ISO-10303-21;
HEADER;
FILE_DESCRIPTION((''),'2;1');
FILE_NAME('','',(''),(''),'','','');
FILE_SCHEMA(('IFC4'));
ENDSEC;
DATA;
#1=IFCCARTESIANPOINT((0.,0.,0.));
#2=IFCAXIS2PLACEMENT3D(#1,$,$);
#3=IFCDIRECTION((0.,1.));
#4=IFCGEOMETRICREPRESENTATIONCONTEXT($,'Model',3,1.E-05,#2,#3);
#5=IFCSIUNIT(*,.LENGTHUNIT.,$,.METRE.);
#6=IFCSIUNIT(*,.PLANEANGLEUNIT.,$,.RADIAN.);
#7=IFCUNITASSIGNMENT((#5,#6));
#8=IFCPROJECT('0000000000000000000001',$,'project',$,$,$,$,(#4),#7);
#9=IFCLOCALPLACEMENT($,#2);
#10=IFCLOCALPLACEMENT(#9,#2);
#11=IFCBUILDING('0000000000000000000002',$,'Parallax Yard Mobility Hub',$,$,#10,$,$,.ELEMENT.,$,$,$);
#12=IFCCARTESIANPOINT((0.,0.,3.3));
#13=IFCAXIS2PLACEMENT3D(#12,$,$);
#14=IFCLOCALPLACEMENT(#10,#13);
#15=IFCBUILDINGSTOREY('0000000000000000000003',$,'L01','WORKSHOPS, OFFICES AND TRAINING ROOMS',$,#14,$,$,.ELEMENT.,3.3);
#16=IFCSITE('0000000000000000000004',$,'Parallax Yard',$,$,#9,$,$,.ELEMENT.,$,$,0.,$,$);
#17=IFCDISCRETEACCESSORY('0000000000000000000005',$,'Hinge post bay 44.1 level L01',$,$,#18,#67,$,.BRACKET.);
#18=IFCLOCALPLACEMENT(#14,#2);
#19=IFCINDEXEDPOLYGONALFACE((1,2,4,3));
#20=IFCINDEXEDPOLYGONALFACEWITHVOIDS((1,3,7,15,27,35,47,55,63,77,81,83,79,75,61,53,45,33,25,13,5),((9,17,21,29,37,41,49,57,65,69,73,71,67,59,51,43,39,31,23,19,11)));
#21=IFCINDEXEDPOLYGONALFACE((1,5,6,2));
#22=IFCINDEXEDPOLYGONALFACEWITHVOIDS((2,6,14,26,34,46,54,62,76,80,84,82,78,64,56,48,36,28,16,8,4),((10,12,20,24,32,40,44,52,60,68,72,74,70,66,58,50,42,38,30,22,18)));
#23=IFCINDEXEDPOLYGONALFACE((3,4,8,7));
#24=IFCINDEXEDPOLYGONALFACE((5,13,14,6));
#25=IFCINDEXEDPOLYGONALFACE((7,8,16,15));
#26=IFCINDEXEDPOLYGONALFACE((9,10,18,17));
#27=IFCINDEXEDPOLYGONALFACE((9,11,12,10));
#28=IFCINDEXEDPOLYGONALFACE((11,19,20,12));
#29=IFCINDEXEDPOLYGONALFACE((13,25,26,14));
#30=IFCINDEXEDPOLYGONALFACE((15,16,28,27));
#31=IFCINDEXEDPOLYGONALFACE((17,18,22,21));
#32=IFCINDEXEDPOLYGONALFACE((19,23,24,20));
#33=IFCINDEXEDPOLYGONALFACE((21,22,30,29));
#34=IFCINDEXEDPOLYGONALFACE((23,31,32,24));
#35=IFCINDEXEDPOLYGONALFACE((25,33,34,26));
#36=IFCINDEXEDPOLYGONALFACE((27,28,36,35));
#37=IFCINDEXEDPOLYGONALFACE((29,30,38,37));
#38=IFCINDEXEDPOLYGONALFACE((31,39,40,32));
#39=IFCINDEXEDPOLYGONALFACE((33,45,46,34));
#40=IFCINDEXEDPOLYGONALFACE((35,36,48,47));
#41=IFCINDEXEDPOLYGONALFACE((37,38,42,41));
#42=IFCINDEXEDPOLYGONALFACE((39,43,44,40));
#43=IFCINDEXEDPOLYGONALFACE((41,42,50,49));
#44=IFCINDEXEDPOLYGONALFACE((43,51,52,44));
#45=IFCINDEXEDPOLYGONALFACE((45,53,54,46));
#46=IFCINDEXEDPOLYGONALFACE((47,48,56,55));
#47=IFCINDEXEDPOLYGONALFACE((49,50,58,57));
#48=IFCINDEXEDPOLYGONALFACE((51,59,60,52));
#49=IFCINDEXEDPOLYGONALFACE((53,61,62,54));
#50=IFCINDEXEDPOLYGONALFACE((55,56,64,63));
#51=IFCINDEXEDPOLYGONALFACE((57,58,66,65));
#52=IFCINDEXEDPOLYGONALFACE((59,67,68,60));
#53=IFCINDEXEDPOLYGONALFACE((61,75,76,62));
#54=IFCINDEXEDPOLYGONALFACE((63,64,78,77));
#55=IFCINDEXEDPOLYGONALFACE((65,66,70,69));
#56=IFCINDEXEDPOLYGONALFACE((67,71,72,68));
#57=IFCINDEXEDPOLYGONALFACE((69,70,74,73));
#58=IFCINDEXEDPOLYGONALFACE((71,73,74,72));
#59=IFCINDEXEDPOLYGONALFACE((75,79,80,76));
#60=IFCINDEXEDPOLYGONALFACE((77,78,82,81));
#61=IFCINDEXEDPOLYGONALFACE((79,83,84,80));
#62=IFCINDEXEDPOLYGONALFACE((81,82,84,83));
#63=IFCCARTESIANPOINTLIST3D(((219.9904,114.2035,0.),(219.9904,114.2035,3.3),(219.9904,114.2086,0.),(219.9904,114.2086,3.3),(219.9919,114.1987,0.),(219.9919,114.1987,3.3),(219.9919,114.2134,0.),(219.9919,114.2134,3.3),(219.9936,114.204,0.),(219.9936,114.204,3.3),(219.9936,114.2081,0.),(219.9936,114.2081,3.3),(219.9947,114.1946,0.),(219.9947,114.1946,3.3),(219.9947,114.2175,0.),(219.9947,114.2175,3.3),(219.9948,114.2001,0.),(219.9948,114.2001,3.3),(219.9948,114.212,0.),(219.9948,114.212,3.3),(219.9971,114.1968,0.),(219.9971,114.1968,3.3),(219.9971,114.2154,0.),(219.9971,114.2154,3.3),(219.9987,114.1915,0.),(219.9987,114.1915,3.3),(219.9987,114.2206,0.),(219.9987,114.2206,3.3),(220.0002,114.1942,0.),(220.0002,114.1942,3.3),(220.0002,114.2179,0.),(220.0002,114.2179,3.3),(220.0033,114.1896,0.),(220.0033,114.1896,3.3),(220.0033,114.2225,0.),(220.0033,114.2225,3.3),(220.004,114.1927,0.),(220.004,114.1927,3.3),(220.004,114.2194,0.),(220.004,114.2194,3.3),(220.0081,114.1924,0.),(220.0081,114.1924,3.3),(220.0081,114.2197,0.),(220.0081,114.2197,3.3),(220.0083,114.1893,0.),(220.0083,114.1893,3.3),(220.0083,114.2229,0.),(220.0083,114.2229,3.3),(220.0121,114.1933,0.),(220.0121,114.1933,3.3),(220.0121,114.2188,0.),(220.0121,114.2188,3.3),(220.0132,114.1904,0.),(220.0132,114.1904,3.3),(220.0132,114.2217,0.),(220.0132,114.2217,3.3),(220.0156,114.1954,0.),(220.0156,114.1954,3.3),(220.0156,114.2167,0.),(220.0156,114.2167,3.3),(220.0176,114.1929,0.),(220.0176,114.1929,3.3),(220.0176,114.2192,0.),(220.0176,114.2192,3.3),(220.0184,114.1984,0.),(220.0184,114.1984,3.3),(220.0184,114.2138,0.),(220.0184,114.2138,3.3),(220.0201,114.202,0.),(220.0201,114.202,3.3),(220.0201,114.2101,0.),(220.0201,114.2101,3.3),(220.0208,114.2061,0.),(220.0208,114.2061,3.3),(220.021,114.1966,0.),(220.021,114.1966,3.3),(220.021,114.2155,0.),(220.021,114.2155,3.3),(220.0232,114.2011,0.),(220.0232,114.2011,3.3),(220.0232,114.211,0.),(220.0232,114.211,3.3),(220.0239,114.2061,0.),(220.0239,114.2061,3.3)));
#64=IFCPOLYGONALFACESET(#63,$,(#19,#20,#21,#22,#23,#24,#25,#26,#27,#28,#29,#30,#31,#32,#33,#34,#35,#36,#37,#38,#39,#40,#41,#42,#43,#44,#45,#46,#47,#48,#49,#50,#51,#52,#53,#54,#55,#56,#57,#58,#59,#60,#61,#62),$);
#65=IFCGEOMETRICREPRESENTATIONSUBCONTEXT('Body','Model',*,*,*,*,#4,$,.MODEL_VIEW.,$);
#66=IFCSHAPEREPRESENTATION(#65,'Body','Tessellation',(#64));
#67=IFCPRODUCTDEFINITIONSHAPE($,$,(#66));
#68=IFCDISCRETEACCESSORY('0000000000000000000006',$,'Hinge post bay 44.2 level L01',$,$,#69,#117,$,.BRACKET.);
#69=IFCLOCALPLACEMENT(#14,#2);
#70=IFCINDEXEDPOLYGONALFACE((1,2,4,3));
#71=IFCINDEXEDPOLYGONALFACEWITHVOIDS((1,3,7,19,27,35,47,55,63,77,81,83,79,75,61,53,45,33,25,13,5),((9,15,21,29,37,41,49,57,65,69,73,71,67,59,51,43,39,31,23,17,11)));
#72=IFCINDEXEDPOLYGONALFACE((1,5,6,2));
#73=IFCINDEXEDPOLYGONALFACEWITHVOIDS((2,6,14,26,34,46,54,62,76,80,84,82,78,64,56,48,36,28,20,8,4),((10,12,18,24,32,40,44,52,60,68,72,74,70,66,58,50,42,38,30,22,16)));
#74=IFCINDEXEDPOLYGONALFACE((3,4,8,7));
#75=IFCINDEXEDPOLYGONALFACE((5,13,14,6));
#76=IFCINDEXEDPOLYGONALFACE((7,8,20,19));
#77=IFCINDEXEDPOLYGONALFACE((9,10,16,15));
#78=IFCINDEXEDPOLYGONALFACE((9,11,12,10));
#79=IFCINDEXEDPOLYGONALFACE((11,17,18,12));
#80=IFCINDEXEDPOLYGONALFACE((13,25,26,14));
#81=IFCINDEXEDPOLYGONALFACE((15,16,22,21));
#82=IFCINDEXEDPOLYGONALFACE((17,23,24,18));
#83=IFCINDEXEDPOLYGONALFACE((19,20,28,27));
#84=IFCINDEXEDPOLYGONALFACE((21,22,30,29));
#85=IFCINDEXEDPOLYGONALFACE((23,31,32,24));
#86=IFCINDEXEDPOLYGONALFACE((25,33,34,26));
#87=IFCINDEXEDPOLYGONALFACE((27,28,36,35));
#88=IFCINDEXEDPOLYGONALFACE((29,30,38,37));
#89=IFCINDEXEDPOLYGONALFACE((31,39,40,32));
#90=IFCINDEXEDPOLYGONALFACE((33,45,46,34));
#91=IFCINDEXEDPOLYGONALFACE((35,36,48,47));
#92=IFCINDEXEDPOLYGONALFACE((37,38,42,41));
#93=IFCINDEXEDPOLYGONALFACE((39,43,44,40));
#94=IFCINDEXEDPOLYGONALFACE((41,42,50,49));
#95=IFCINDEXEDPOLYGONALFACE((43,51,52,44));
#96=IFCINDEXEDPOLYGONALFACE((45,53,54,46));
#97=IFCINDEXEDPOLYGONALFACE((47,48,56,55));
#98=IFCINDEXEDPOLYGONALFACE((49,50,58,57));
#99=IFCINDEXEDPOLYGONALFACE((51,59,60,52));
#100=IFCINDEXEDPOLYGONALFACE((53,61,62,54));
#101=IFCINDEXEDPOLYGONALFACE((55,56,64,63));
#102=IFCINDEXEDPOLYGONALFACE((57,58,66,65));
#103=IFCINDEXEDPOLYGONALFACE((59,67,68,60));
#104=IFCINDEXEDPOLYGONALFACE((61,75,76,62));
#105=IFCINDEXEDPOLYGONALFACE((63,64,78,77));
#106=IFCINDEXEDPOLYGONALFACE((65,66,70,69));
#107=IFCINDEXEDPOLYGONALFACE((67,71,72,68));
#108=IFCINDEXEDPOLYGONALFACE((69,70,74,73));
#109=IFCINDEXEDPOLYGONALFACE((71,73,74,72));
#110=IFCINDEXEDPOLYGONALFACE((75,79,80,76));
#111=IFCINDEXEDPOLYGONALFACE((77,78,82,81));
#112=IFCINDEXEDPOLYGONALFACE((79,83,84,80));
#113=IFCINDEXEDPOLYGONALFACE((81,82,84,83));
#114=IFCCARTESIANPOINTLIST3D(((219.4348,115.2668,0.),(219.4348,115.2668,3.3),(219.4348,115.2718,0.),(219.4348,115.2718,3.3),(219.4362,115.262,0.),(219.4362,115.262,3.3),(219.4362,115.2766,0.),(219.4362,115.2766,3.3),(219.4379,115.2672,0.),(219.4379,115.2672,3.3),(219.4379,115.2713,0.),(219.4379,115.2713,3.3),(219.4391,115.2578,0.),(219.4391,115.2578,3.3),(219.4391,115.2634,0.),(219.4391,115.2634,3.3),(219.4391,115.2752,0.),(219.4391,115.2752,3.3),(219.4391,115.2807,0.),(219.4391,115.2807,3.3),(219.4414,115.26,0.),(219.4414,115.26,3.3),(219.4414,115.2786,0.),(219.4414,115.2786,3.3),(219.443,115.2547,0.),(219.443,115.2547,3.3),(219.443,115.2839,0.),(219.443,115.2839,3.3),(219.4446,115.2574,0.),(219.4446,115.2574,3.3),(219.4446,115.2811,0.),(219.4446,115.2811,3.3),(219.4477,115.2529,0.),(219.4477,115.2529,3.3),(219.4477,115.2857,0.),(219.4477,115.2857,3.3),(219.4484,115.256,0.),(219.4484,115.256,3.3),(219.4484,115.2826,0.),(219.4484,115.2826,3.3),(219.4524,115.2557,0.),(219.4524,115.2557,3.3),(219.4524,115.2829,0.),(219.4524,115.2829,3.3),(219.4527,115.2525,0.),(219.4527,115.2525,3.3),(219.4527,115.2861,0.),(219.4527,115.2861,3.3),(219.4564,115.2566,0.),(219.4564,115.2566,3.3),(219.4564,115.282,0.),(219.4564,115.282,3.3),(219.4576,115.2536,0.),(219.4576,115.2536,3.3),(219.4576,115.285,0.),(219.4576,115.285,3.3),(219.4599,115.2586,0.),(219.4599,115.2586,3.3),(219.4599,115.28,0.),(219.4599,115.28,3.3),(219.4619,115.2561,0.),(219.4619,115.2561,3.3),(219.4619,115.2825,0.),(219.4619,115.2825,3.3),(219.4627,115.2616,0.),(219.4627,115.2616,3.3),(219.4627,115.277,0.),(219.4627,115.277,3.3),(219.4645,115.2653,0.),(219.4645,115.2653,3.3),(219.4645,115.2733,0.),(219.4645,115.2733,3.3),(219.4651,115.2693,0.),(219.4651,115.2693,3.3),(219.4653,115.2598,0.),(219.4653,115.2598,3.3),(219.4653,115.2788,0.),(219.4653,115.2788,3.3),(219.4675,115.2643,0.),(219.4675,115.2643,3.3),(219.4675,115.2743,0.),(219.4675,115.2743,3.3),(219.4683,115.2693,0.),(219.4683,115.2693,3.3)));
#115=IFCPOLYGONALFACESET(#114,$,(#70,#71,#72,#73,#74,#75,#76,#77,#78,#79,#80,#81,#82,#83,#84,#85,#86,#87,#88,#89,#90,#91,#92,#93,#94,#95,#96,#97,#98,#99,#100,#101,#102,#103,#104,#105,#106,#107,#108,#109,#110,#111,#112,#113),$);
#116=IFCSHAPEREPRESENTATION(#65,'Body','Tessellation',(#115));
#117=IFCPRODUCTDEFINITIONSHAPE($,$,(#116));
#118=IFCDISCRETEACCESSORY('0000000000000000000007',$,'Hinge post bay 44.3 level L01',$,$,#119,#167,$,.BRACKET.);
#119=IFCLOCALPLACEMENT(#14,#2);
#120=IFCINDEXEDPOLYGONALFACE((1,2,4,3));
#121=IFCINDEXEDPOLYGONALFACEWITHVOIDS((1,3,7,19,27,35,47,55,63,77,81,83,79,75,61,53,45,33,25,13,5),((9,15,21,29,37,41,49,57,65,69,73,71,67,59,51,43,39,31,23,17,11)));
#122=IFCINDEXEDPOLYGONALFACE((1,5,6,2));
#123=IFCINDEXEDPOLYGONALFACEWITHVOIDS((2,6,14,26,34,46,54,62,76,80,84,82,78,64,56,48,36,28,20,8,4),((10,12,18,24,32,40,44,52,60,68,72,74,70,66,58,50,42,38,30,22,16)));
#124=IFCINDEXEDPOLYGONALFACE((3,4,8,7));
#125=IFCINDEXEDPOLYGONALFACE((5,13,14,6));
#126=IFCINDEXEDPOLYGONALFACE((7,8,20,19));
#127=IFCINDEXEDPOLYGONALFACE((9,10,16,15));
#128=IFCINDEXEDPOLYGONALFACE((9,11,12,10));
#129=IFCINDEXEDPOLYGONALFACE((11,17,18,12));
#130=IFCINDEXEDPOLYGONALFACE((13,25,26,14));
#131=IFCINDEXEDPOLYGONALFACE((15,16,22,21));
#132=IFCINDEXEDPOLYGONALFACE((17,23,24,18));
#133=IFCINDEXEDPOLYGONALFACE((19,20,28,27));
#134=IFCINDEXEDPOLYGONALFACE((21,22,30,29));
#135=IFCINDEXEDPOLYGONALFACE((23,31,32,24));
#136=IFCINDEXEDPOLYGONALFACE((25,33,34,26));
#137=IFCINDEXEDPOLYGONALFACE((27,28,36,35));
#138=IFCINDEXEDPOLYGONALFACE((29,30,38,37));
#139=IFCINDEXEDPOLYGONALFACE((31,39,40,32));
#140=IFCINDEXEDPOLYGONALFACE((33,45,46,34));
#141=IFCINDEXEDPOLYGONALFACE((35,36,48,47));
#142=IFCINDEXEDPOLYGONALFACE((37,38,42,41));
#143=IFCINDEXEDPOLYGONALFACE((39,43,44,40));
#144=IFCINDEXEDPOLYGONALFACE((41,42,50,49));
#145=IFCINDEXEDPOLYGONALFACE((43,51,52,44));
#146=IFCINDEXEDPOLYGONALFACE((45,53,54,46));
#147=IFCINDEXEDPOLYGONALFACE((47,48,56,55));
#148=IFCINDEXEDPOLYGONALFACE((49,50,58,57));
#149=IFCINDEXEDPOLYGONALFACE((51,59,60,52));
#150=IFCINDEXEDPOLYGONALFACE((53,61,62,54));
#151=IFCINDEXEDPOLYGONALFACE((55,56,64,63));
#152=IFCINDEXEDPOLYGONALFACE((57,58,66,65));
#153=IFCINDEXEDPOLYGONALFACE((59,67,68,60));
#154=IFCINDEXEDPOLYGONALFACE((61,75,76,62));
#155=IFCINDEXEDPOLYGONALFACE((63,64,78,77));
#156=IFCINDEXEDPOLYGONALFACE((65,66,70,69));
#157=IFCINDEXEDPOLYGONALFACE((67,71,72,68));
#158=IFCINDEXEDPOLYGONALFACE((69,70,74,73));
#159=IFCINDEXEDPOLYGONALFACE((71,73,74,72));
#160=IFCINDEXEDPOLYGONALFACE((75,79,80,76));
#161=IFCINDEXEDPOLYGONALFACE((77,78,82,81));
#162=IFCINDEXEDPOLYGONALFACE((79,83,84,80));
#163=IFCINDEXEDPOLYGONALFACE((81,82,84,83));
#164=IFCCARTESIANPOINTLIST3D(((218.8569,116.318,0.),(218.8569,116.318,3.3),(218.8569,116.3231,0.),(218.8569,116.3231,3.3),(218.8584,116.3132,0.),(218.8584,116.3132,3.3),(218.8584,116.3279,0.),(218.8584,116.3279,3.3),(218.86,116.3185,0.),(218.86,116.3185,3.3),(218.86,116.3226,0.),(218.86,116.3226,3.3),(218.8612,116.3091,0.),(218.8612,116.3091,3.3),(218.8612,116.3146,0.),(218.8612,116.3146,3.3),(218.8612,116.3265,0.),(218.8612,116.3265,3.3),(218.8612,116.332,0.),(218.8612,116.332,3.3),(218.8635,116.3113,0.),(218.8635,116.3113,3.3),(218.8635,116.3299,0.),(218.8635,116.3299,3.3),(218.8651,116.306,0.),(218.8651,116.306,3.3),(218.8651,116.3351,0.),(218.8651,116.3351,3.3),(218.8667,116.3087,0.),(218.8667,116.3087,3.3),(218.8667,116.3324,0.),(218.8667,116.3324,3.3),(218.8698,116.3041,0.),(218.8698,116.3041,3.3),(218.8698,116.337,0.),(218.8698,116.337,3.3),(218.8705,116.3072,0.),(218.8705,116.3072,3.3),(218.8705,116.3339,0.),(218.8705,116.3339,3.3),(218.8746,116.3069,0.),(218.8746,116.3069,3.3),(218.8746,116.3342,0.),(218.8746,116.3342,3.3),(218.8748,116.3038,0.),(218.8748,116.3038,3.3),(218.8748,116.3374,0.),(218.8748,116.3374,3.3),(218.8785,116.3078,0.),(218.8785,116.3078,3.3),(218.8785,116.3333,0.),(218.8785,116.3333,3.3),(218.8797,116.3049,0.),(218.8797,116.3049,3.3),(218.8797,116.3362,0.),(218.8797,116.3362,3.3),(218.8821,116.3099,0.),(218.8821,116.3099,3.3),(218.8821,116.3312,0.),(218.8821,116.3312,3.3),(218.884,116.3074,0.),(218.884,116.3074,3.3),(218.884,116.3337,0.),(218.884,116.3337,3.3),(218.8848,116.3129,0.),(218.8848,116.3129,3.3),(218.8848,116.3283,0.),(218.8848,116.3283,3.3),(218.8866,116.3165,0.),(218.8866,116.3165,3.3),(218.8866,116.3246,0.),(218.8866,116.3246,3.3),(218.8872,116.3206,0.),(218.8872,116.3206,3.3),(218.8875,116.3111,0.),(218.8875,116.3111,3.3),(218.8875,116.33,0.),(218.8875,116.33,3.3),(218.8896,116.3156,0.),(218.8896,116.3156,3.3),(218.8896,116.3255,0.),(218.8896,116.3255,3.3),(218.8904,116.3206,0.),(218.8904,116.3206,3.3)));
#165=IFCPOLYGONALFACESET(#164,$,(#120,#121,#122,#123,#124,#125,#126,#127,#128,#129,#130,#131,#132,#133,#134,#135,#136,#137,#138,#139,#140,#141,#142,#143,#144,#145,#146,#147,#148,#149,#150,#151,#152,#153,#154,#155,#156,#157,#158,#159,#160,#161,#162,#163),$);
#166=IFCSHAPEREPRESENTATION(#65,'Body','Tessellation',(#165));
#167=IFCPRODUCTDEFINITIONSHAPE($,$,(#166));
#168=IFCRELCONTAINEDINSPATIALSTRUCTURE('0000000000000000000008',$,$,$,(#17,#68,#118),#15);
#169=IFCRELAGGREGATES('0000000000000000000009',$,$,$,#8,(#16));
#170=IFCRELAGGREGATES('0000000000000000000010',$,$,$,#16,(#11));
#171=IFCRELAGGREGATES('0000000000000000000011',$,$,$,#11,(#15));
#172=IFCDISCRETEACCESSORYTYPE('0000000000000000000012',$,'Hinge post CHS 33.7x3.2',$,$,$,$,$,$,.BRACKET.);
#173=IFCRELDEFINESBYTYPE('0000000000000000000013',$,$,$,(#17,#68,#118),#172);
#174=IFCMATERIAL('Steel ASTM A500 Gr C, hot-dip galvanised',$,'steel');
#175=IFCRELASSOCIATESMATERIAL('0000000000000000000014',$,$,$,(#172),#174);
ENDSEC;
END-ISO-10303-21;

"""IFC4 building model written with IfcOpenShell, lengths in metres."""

from ifc_helpers import new_model, si_unit, direction, frame, origin, origin_2d, place, context, subcontext, project, spatial, hollow_circle, extrude, material, material_profile, profile_set, type_object, element, save


model = new_model("IFC4")

# Units and contexts
model_context = context("Model", 3, precision=1e-05, world=origin(), true_north=direction((0.0, 1.0)))
body_context = subcontext(model_context, "Body", "Model", "MODEL_VIEW")
ifc_project = project(units=[si_unit("LENGTHUNIT", "METRE"), si_unit("PLANEANGLEUNIT", "RADIAN")], contexts=[model_context])

# Site, building, storey
site_placement = place(None, origin())
site = spatial("IfcSite", under=ifc_project, at=site_placement, Name="Parallax Yard", CompositionType="ELEMENT", RefElevation=0.0)
building_placement = place(site_placement, origin())
building = spatial("IfcBuilding", under=site, at=building_placement, Name="Parallax Yard Mobility Hub", CompositionType="ELEMENT")
storey_placement = place(building_placement, frame((0.0, 0.0, 3.3)))
storey = spatial("IfcBuildingStorey", under=building, at=storey_placement, Name="L01", Description="WORKSHOPS, OFFICES AND TRAINING ROOMS", CompositionType="ELEMENT", Elevation=3.3)

# Discrete accessories
ifc_material_1 = material(Name="Steel ASTM A500 Gr C, hot-dip galvanised", Category="steel")
ifc_material_profile_1 = material_profile(ifc_material_1, hollow_circle(Radius=0.0168, WallThickness=0.0032, at=origin_2d()), Name="CHS 33.7x3.2")
ifc_profile_set_1 = profile_set([ifc_material_profile_1], Name="Steel ASTM A500 Gr C, hot-dip galvanised")
discrete_accessory_type_1 = type_object("IfcDiscreteAccessoryType", Name="Hinge post CHS 33.7x3.2", PredefinedType="BRACKET", material=ifc_profile_set_1)
for number, where, z_axis, x_axis, name in (
    (1, (220.0071, 114.2061, 0.0), (0.0, 0.0, 1.0), (1.0, 0.0, 0.0), "Hinge post bay 44.1 level L01"),
    (2, (219.4514, 115.2693, 0.0), (0.0, 0.0, 1.0), (1.0, 0.0, 0.0), "Hinge post bay 44.2 level L01"),
    (3, (218.8735, 116.3206, 0.0), (0.0, 0.0, 1.0), (1.0, 0.0, 0.0), "Hinge post bay 44.3 level L01"),
):
    element("IfcDiscreteAccessory", number, at=place(storey_placement, frame(where, z_axis=z_axis, x_axis=x_axis)), inside=storey, type_object=discrete_accessory_type_1, Name=name, PredefinedType="BRACKET", context=body_context, shape_type="SweptSolid", body=[
        extrude(hollow_circle(Radius=0.0168, WallThickness=0.0032, at=origin_2d()), origin(), (0.0, 0.0, 1.0), 3.3),
    ])

save(model, "model.ifc")
